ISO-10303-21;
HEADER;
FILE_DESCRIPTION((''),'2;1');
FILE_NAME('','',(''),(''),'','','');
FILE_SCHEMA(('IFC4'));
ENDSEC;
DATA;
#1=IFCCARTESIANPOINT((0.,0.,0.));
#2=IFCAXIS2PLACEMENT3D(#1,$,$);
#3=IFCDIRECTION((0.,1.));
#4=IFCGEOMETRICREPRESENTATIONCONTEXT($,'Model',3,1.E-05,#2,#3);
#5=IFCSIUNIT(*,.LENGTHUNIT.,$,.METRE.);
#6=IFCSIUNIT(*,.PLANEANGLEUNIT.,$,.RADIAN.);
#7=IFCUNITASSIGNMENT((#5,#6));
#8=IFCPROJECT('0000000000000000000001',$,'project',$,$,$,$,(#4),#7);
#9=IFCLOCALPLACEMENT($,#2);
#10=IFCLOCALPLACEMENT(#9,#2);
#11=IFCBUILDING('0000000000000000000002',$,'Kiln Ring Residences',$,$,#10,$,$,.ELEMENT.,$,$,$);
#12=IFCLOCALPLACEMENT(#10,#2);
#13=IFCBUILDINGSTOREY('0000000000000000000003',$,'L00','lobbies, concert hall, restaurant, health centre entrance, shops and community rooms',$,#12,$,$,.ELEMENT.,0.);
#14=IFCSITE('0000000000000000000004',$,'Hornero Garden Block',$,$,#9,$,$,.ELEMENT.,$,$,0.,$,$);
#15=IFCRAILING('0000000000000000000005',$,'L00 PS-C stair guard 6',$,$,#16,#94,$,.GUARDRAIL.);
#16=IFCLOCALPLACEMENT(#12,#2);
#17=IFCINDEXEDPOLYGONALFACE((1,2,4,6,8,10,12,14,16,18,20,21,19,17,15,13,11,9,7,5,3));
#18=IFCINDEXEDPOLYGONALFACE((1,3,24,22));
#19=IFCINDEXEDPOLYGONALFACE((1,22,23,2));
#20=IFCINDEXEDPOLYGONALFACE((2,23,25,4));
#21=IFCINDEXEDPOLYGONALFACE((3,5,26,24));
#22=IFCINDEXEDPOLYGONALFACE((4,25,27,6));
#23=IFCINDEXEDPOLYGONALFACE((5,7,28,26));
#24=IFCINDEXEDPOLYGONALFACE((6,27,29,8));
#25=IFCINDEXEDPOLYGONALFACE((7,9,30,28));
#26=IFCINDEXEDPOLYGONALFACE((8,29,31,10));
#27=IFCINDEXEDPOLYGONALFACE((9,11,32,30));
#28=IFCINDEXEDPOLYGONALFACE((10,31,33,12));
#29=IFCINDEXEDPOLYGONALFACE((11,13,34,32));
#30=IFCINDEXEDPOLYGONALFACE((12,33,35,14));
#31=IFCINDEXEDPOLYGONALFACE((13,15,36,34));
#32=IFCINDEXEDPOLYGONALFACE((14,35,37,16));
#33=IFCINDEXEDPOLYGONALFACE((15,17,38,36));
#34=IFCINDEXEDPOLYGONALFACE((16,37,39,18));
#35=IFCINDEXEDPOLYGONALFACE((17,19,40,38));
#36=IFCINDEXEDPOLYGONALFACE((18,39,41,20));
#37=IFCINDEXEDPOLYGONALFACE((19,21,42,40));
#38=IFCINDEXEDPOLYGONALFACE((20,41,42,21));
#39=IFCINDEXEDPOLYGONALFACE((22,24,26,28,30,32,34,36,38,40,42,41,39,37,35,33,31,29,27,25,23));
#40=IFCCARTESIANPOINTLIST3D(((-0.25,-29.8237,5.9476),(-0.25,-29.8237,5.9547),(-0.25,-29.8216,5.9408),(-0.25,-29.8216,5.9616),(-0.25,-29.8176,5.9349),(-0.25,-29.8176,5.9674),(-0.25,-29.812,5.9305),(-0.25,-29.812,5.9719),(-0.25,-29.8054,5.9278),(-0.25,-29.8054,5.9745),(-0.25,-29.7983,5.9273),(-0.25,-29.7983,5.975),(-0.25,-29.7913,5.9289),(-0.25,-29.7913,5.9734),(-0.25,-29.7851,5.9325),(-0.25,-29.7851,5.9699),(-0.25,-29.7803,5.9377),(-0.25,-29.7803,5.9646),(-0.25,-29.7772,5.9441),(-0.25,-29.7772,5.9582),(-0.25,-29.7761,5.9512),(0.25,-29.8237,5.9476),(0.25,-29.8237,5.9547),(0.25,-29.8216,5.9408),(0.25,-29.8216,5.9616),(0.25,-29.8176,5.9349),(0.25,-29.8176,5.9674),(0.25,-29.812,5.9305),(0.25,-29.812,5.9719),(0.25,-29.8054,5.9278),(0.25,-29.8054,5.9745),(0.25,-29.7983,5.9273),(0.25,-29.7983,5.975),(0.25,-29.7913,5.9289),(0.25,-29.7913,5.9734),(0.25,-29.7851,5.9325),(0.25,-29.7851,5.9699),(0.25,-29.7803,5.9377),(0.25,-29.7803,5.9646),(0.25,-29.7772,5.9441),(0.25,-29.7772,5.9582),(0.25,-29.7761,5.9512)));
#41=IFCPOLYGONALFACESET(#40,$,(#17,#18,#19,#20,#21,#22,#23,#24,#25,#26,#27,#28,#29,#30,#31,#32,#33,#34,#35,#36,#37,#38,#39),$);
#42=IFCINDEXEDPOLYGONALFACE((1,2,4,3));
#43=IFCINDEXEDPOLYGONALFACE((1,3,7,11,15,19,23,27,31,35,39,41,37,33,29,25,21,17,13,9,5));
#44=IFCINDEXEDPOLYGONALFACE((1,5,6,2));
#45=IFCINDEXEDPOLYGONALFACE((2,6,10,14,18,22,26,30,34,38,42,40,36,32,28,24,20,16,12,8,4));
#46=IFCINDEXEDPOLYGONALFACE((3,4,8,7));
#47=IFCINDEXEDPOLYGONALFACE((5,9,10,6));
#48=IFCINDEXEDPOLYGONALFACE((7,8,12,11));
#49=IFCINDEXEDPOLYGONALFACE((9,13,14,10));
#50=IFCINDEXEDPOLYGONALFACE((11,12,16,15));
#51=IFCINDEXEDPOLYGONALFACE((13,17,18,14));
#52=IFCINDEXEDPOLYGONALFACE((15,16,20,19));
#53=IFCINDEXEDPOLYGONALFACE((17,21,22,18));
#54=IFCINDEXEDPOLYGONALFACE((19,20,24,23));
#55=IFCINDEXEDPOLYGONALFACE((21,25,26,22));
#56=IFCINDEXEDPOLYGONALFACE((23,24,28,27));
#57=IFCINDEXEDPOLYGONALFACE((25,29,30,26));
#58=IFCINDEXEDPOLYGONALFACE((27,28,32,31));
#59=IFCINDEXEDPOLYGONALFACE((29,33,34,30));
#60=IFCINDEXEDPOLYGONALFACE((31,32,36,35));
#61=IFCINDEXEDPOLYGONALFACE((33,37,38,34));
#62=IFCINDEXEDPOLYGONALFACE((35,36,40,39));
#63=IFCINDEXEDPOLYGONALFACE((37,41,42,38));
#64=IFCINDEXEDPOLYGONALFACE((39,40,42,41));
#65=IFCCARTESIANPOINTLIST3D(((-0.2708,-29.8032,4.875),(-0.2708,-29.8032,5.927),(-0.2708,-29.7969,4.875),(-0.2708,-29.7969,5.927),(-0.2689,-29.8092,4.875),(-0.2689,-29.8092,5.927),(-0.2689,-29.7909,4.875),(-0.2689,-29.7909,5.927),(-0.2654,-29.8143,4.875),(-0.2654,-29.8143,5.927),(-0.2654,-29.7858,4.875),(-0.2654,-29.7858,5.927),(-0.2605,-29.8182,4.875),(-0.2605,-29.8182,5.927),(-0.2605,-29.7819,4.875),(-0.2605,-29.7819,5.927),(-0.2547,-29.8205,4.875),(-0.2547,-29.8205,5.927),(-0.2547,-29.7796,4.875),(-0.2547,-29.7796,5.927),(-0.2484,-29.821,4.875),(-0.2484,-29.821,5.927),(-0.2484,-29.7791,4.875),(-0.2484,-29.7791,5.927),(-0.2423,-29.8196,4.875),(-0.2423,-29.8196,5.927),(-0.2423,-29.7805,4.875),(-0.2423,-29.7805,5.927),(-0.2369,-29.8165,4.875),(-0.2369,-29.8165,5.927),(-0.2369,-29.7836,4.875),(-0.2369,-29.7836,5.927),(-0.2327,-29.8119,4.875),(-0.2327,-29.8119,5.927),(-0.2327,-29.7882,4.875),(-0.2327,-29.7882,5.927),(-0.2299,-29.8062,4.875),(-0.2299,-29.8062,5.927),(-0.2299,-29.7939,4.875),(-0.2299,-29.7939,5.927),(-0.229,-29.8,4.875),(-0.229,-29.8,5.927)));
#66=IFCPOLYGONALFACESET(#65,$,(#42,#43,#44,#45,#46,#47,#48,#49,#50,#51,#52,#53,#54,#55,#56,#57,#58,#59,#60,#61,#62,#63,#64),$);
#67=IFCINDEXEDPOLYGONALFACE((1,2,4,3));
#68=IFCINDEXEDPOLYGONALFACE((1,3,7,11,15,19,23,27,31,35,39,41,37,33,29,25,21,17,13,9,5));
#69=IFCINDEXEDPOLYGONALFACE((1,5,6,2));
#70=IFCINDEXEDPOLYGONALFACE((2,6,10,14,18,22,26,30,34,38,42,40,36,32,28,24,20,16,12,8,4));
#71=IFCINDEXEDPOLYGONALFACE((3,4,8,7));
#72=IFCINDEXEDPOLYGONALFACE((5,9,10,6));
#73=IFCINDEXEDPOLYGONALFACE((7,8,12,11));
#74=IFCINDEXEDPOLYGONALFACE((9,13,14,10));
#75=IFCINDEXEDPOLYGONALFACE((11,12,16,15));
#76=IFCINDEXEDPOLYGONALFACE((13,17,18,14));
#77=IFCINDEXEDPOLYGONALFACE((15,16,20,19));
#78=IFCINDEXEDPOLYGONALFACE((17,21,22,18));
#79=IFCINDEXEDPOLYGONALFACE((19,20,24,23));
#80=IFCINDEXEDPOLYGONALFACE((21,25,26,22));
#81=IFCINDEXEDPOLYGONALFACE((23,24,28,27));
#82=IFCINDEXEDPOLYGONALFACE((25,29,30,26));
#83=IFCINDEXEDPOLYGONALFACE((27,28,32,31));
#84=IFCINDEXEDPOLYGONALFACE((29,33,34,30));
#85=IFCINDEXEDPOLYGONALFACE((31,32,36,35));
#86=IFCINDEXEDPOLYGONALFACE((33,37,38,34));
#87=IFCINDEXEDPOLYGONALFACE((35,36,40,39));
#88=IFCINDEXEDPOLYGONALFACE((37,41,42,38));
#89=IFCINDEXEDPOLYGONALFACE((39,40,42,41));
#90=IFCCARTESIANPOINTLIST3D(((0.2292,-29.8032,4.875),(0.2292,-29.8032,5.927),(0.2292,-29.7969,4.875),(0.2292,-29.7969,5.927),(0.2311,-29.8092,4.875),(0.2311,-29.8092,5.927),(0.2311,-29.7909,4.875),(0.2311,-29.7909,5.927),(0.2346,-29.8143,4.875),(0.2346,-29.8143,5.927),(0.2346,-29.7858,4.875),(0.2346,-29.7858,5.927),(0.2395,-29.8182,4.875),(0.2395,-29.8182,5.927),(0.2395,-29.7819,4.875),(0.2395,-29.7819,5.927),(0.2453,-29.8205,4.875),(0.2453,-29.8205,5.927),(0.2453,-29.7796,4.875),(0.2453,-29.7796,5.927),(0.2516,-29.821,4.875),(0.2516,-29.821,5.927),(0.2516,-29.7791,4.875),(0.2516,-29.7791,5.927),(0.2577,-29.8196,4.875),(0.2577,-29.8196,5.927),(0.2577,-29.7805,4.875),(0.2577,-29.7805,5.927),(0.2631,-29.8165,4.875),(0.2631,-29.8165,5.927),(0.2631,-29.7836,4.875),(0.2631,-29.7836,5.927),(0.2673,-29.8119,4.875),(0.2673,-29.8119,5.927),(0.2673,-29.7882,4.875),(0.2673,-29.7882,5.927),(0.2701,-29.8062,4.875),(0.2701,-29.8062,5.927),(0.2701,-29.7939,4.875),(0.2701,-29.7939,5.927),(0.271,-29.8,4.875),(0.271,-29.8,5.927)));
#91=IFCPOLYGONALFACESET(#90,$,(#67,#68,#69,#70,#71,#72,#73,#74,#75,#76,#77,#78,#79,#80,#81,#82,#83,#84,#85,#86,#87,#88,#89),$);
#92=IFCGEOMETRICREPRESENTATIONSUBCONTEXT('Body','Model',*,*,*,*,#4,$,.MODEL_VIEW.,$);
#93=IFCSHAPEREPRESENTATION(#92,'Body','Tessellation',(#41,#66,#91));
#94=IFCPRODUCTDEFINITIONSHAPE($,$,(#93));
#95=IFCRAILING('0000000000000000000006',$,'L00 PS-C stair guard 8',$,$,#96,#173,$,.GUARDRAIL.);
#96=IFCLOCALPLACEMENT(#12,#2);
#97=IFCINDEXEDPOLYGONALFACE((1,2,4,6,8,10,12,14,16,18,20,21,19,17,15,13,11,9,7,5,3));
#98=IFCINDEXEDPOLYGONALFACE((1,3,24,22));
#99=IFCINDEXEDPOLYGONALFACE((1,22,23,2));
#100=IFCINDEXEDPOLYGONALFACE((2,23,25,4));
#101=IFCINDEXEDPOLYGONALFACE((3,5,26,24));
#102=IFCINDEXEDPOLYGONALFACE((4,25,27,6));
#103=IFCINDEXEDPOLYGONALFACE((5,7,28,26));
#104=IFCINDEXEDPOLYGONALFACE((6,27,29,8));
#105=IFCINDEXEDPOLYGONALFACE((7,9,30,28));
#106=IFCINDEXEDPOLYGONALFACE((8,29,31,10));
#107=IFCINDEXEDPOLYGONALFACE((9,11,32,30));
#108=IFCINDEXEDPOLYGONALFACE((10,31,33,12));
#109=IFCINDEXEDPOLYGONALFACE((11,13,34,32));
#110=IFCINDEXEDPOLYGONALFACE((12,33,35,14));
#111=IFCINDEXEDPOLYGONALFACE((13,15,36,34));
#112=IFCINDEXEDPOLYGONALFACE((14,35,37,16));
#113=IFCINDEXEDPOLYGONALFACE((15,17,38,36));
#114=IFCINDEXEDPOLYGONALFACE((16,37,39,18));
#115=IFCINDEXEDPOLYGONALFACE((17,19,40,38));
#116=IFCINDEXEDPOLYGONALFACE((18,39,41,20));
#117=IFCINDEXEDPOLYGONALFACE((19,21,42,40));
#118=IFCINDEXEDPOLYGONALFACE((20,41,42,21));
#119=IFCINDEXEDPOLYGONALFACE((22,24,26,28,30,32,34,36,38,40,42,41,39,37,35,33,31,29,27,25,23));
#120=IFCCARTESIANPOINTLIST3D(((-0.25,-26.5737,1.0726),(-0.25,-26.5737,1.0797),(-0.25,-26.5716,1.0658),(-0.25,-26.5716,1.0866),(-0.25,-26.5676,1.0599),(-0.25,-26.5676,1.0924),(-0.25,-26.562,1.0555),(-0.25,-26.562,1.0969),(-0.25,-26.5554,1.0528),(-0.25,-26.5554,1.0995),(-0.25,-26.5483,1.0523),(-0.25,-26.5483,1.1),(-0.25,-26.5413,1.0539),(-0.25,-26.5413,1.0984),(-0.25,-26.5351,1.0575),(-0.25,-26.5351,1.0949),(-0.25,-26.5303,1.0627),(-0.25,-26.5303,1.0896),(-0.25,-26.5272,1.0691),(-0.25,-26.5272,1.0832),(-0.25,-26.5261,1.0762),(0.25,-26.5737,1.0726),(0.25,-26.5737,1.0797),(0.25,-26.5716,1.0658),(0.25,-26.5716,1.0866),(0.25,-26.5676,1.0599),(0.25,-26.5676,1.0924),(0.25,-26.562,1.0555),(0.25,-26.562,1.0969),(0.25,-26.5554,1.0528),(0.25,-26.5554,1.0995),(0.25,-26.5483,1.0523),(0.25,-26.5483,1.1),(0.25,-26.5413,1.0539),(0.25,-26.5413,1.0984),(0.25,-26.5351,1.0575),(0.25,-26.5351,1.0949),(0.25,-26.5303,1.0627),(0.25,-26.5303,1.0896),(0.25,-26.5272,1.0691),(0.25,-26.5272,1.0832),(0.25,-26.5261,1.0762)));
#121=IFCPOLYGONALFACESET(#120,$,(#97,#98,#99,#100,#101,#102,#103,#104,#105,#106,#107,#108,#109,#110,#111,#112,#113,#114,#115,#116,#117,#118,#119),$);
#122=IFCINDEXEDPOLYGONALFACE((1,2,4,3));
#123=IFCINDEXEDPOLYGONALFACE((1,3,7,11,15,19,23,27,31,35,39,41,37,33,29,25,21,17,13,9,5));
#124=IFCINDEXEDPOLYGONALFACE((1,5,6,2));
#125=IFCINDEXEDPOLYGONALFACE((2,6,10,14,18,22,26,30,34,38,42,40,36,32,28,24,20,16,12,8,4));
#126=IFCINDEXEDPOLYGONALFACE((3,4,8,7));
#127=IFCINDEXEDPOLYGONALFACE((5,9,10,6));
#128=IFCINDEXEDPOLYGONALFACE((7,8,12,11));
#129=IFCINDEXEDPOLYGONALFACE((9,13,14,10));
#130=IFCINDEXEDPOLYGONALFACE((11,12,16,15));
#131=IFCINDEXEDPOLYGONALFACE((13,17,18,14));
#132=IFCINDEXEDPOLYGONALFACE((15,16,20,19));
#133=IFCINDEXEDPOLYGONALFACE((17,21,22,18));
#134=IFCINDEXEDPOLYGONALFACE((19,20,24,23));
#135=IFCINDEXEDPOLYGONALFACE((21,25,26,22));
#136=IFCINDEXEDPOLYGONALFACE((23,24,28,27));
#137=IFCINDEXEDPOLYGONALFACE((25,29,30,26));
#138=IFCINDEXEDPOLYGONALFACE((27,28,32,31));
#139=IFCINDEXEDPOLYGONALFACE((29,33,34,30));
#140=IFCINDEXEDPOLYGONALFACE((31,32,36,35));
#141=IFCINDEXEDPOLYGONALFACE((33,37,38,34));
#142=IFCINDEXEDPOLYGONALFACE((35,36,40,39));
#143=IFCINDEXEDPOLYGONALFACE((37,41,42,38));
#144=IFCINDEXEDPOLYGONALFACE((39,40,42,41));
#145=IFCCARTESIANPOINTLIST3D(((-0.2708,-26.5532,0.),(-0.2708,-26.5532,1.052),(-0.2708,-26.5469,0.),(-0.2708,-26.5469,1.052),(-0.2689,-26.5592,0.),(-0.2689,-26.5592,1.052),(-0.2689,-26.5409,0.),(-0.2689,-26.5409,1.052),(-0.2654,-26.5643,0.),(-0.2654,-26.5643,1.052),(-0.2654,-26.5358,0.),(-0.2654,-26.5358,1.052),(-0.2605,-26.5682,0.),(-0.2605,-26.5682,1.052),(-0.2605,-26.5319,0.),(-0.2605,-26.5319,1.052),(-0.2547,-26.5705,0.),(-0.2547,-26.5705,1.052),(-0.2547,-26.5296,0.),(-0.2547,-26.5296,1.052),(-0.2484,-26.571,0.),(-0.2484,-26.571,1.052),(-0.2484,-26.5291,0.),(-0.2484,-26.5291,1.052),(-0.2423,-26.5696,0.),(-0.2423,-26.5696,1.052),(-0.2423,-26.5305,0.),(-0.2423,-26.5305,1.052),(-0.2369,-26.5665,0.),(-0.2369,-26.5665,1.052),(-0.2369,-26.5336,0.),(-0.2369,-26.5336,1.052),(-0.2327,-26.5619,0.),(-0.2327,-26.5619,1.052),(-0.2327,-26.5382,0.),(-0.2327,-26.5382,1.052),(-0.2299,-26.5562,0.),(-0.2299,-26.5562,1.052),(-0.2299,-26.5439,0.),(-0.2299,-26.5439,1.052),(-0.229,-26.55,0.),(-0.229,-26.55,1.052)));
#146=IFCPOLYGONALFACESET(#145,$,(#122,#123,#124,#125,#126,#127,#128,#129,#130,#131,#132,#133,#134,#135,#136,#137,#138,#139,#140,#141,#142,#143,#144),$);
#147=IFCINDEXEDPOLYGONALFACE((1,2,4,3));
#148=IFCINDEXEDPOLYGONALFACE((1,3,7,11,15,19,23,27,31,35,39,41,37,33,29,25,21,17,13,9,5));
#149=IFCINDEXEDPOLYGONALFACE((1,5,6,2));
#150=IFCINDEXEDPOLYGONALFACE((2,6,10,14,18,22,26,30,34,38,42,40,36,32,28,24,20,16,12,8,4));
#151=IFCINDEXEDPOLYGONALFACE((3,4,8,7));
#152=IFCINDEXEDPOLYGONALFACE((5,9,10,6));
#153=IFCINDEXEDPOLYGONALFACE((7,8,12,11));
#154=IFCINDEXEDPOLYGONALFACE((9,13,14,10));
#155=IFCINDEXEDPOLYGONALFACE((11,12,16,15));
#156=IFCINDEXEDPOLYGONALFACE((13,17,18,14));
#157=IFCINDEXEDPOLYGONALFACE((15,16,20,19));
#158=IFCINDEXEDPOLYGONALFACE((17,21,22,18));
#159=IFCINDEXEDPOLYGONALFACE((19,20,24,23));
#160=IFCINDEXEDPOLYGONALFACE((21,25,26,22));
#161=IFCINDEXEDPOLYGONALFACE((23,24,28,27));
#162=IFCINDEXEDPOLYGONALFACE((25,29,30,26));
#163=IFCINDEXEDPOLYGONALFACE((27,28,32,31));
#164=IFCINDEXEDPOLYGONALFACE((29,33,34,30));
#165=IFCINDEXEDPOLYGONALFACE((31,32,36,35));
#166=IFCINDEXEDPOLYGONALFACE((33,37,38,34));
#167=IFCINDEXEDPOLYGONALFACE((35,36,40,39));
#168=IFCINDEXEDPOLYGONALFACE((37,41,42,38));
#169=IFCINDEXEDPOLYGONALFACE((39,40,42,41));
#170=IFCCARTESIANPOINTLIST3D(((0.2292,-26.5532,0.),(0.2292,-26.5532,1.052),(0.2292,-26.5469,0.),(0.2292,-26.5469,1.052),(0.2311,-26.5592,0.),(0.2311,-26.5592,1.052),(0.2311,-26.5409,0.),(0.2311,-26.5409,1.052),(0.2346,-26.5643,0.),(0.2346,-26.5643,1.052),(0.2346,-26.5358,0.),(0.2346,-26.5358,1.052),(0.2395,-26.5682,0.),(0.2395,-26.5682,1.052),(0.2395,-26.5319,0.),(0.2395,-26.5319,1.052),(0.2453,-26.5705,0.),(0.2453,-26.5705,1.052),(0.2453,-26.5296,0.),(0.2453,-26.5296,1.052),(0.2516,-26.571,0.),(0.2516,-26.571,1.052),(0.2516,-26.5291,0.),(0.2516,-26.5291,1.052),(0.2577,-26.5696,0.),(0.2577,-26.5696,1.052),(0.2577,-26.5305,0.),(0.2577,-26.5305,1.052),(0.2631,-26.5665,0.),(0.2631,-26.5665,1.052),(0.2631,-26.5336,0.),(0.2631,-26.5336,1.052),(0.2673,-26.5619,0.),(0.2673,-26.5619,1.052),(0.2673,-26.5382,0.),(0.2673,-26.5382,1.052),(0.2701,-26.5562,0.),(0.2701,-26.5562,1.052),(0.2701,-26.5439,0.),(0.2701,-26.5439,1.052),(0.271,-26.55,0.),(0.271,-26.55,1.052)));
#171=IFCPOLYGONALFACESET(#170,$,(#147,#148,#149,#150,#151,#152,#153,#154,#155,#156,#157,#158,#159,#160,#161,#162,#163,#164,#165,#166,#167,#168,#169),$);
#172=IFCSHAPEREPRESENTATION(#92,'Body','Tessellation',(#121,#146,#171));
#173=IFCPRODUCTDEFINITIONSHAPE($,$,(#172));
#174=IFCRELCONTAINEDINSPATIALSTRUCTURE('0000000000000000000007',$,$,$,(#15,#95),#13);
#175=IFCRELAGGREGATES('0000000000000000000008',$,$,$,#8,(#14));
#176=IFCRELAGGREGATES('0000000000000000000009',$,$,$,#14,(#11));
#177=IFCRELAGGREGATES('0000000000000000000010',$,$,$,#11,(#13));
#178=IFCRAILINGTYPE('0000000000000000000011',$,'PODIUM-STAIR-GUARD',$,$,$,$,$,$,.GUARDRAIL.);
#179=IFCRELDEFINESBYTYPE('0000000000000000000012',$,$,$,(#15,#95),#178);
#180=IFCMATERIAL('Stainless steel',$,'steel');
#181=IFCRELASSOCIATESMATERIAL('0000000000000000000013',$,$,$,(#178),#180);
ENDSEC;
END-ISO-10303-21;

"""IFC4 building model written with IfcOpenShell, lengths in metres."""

from ifc_helpers import new_model, si_unit, direction, frame, origin, origin_2d, place, context, subcontext, project, spatial, circle, extrude, material, type_object, element, save


model = new_model("IFC4")

# Units and contexts
model_context = context("Model", 3, precision=1e-05, world=origin(), true_north=direction((0.0, 1.0)))
body_context = subcontext(model_context, "Body", "Model", "MODEL_VIEW")
ifc_project = project(units=[si_unit("LENGTHUNIT", "METRE"), si_unit("PLANEANGLEUNIT", "RADIAN")], contexts=[model_context])

# Site, building, storey
site_placement = place(None, origin())
site = spatial("IfcSite", under=ifc_project, at=site_placement, Name="Hornero Garden Block", CompositionType="ELEMENT", RefElevation=0.0)
building_placement = place(site_placement, origin())
building = spatial("IfcBuilding", under=site, at=building_placement, Name="Kiln Ring Residences", CompositionType="ELEMENT")
storey_placement = place(building_placement, origin())
storey = spatial("IfcBuildingStorey", under=building, at=storey_placement, Name="L00", Description="lobbies, concert hall, restaurant, health centre entrance, shops and community rooms", CompositionType="ELEMENT", Elevation=0.0)

# Railings
ifc_material_1 = material(Name="Stainless steel", Category="steel")
railing_type_1 = type_object("IfcRailingType", Name="PODIUM-STAIR-GUARD", PredefinedType="GUARDRAIL", material=ifc_material_1)
for number, where, name in (
    (1, (-0.25, -29.8, 4.875), "L00 PS-C stair guard 6"),
    (2, (-0.25, -26.55, 0.0), "L00 PS-C stair guard 8"),
):
    element("IfcRailing", number, at=place(storey_placement, frame(where)), inside=storey, type_object=railing_type_1, Name=name, PredefinedType="GUARDRAIL", context=body_context, shape_type="SweptSolid", body=[
        extrude(circle(Radius=0.0239, at=origin_2d()), frame((0.0, 0.0, 1.0762), z_axis=(1.0, 0.0, 0.0), x_axis=(0.0, 1.0, 0.0)), (0.0, 0.0, 1.0), 0.5),
        extrude(circle(Radius=0.021, at=origin_2d()), origin(), (0.0, 0.0, 1.0), 1.052),
        extrude(circle(Radius=0.021, at=origin_2d()), frame((0.5, 0.0, 0.0)), (0.0, 0.0, 1.0), 1.052),
    ])

save(model, "model.ifc")
